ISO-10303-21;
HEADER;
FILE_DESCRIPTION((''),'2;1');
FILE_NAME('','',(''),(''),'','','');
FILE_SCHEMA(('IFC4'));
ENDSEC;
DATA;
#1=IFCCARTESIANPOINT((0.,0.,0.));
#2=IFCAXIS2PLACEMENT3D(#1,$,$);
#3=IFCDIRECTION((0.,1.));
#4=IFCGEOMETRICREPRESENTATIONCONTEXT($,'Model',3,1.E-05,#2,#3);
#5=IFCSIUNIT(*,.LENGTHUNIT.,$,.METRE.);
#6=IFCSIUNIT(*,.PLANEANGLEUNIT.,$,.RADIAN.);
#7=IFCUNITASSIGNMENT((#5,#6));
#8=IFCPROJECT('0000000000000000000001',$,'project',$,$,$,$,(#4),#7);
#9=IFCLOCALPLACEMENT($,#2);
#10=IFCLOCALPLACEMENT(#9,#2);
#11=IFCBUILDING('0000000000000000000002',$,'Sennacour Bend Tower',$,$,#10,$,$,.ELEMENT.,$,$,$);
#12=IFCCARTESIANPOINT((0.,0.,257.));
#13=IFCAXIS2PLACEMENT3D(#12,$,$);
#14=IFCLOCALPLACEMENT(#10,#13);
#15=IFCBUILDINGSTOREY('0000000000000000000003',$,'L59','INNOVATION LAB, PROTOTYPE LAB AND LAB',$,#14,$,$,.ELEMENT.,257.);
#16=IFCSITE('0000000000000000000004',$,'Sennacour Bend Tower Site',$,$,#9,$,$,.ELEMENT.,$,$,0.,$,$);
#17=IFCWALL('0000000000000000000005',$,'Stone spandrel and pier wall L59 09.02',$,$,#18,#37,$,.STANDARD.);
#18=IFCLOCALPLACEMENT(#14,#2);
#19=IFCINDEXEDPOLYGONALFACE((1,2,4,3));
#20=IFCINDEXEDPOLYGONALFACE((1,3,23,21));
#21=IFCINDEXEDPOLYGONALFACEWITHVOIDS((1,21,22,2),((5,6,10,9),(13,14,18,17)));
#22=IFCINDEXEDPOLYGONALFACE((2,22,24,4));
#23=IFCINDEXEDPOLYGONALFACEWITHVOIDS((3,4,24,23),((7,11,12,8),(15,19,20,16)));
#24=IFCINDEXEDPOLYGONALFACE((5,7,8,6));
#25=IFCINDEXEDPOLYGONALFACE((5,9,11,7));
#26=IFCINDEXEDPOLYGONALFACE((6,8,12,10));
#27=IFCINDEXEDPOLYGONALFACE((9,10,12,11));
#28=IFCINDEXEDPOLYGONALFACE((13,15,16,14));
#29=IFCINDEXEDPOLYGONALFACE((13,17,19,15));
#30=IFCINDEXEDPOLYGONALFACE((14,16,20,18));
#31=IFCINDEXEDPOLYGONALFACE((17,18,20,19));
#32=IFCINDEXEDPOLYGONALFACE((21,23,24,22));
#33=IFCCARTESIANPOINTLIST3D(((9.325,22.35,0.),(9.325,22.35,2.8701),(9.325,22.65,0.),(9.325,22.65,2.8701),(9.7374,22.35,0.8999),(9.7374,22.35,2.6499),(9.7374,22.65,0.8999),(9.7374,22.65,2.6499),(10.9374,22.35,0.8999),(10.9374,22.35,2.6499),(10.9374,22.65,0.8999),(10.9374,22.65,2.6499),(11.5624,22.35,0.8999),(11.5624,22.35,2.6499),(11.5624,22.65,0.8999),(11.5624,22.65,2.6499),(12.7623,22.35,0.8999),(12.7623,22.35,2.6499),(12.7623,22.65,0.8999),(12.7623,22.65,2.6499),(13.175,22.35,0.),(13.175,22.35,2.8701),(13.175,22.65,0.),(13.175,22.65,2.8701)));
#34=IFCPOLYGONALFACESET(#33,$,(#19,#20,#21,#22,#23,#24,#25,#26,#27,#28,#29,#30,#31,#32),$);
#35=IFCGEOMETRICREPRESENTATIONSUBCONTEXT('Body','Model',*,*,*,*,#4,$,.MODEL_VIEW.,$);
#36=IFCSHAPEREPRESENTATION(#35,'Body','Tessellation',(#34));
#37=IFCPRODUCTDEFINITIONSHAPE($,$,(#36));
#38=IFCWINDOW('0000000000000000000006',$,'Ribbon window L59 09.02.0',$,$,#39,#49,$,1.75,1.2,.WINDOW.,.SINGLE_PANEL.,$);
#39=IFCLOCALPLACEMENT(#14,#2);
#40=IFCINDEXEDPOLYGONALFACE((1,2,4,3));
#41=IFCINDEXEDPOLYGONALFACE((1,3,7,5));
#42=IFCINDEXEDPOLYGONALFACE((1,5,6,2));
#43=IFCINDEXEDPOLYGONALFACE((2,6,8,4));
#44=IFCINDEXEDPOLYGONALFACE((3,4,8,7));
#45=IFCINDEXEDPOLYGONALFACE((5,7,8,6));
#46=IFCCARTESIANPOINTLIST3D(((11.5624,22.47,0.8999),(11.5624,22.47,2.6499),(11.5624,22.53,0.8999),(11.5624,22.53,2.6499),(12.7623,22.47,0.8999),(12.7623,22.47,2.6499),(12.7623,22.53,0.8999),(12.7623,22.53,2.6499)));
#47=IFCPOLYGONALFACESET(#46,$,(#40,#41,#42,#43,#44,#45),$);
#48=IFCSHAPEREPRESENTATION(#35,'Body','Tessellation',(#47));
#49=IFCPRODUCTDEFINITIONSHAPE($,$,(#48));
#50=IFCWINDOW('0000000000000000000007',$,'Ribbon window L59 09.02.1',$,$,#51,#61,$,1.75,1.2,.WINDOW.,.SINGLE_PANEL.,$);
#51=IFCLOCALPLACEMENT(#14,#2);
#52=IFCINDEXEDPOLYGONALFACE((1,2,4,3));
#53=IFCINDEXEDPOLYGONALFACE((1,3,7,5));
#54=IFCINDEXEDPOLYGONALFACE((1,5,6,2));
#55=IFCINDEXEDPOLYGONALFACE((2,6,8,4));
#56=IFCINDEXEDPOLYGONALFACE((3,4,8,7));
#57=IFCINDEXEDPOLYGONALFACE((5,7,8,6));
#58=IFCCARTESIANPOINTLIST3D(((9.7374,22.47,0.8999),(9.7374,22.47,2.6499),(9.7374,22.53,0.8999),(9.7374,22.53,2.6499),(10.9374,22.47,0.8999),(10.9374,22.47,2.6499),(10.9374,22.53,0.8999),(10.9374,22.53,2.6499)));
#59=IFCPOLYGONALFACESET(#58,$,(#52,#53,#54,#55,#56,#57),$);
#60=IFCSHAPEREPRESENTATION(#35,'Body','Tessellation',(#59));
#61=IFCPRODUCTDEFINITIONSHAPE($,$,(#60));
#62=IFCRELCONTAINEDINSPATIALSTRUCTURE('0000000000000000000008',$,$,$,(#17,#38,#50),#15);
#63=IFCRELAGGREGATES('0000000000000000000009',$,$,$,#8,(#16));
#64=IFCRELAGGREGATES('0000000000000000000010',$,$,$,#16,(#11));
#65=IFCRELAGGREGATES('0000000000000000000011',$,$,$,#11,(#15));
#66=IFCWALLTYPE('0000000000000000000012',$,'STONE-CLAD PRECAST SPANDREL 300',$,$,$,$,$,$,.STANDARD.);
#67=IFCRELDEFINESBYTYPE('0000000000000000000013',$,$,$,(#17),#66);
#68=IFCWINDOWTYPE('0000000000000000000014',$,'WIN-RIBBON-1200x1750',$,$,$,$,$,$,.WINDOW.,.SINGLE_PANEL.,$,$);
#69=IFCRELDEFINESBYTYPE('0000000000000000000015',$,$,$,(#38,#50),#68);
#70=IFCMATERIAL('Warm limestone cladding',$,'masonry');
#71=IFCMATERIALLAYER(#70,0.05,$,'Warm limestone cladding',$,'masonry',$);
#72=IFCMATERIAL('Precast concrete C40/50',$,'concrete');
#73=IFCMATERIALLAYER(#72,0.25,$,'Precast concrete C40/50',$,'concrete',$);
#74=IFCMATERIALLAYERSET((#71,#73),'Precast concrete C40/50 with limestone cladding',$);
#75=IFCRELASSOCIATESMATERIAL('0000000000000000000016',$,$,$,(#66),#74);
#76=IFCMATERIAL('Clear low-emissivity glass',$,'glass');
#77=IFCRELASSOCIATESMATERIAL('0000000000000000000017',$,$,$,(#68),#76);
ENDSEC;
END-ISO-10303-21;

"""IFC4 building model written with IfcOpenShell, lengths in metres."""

from ifc_helpers import new_model, si_unit, direction, frame, frame_2d, origin, place, context, subcontext, project, spatial, rectangle, extrude, material, layer, layer_set, type_object, element, fill, save


model = new_model("IFC4")

# Units and contexts
model_context = context("Model", 3, precision=1e-05, world=origin(), true_north=direction((0.0, 1.0)))
body_context = subcontext(model_context, "Body", "Model", "MODEL_VIEW")
ifc_project = project(units=[si_unit("LENGTHUNIT", "METRE"), si_unit("PLANEANGLEUNIT", "RADIAN")], contexts=[model_context])

# Site, building, storey
site_placement = place(None, origin())
site = spatial("IfcSite", under=ifc_project, at=site_placement, Name="Sennacour Bend Tower Site", CompositionType="ELEMENT", RefElevation=0.0)
building_placement = place(site_placement, origin())
building = spatial("IfcBuilding", under=site, at=building_placement, Name="Sennacour Bend Tower", CompositionType="ELEMENT")
storey_placement = place(building_placement, frame((0.0, 0.0, 257.0)))
storey = spatial("IfcBuildingStorey", under=building, at=storey_placement, Name="L59", Description="INNOVATION LAB, PROTOTYPE LAB AND LAB", CompositionType="ELEMENT", Elevation=257.0)

# Wall, openings, windows
ifc_material_1 = material(Name="Warm limestone cladding", Category="masonry")
ifc_layer_1 = layer(ifc_material_1, 0.05, Name="Warm limestone cladding", Category="masonry")
ifc_material_2 = material(Name="Precast concrete C40/50", Category="concrete")
ifc_layer_2 = layer(ifc_material_2, 0.25, Name="Precast concrete C40/50", Category="concrete")
ifc_layer_set_1 = layer_set([ifc_layer_1, ifc_layer_2], Name="Precast concrete C40/50 with limestone cladding")
wall_type_1 = type_object("IfcWallType", Name="STONE-CLAD PRECAST SPANDREL 300", PredefinedType="STANDARD", material=ifc_layer_set_1)
ifc_material_3 = material(Name="Clear low-emissivity glass", Category="glass")
window_type = type_object("IfcWindowType", Name="WIN-RIBBON-1200x1750", PartitioningType="SINGLE_PANEL", PredefinedType="WINDOW", material=ifc_material_3)
wall_1_placement = place(storey_placement, frame((13.175, 22.5, 0.0), z_axis=(0.0, 0.0, 1.0), x_axis=(-1.0, 0.0, 0.0)))
wall_1 = element("IfcWall", 1, at=wall_1_placement, inside=storey, type_object=wall_type_1, Name="Stone spandrel and pier wall L59 09.02", PredefinedType="STANDARD", context=body_context, shape_type="SweptSolid", body=[
    extrude(rectangle(XDim=3.8501, YDim=0.3, at=frame_2d((1.925, 0.0))), origin(), (0.0, 0.0, 1.0), 2.8701),
])
opening_1_placement = place(wall_1_placement, frame((0.4126, 0.0, 0.8999)))
opening_1 = element("IfcOpeningElement", 2, at=opening_1_placement, cuts=wall_1, PredefinedType="OPENING", context=body_context, shape_type="SweptSolid", body=[
    extrude(rectangle(XDim=1.2, YDim=1.75, at=frame_2d((0.6001, 0.875))), frame((0.0, 0.1602, 0.0), z_axis=(0.0, -1.0, 0.0), x_axis=(1.0, 0.0, 0.0)), (0.0, 0.0, 1.0), 0.3201),
])
opening_2_placement = place(wall_1_placement, frame((2.2375, 0.0, 0.8999)))
opening_2 = element("IfcOpeningElement", 3, at=opening_2_placement, cuts=wall_1, PredefinedType="OPENING", context=body_context, shape_type="SweptSolid", body=[
    extrude(rectangle(XDim=1.2, YDim=1.75, at=frame_2d((0.6001, 0.875))), frame((0.0, 0.1602, 0.0), z_axis=(0.0, -1.0, 0.0), x_axis=(1.0, 0.0, 0.0)), (0.0, 0.0, 1.0), 0.3201),
])
window_1_placement = place(opening_1_placement, origin())
window_1 = element("IfcWindow", 4, at=window_1_placement, inside=storey, type_object=window_type, Name="Ribbon window L59 09.02.0", OverallHeight=1.75, OverallWidth=1.2, PartitioningType="SINGLE_PANEL", PredefinedType="WINDOW", context=body_context, shape_type="SweptSolid", body=[
    extrude(rectangle(XDim=1.2, YDim=1.75, at=frame_2d((0.6001, 0.875))), frame((0.0, 0.03, 0.0), z_axis=(0.0, -1.0, 0.0), x_axis=(1.0, 0.0, 0.0)), (0.0, 0.0, 1.0), 0.0601),
])
fill(opening_1, window_1)
window_2_placement = place(opening_2_placement, origin())
window_2 = element("IfcWindow", 5, at=window_2_placement, inside=storey, type_object=window_type, Name="Ribbon window L59 09.02.1", OverallHeight=1.75, OverallWidth=1.2, PartitioningType="SINGLE_PANEL", PredefinedType="WINDOW", context=body_context, shape_type="SweptSolid", body=[
    extrude(rectangle(XDim=1.2, YDim=1.75, at=frame_2d((0.6001, 0.875))), frame((0.0, 0.03, 0.0), z_axis=(0.0, -1.0, 0.0), x_axis=(1.0, 0.0, 0.0)), (0.0, 0.0, 1.0), 0.0601),
])
fill(opening_2, window_2)

save(model, "model.ifc")
